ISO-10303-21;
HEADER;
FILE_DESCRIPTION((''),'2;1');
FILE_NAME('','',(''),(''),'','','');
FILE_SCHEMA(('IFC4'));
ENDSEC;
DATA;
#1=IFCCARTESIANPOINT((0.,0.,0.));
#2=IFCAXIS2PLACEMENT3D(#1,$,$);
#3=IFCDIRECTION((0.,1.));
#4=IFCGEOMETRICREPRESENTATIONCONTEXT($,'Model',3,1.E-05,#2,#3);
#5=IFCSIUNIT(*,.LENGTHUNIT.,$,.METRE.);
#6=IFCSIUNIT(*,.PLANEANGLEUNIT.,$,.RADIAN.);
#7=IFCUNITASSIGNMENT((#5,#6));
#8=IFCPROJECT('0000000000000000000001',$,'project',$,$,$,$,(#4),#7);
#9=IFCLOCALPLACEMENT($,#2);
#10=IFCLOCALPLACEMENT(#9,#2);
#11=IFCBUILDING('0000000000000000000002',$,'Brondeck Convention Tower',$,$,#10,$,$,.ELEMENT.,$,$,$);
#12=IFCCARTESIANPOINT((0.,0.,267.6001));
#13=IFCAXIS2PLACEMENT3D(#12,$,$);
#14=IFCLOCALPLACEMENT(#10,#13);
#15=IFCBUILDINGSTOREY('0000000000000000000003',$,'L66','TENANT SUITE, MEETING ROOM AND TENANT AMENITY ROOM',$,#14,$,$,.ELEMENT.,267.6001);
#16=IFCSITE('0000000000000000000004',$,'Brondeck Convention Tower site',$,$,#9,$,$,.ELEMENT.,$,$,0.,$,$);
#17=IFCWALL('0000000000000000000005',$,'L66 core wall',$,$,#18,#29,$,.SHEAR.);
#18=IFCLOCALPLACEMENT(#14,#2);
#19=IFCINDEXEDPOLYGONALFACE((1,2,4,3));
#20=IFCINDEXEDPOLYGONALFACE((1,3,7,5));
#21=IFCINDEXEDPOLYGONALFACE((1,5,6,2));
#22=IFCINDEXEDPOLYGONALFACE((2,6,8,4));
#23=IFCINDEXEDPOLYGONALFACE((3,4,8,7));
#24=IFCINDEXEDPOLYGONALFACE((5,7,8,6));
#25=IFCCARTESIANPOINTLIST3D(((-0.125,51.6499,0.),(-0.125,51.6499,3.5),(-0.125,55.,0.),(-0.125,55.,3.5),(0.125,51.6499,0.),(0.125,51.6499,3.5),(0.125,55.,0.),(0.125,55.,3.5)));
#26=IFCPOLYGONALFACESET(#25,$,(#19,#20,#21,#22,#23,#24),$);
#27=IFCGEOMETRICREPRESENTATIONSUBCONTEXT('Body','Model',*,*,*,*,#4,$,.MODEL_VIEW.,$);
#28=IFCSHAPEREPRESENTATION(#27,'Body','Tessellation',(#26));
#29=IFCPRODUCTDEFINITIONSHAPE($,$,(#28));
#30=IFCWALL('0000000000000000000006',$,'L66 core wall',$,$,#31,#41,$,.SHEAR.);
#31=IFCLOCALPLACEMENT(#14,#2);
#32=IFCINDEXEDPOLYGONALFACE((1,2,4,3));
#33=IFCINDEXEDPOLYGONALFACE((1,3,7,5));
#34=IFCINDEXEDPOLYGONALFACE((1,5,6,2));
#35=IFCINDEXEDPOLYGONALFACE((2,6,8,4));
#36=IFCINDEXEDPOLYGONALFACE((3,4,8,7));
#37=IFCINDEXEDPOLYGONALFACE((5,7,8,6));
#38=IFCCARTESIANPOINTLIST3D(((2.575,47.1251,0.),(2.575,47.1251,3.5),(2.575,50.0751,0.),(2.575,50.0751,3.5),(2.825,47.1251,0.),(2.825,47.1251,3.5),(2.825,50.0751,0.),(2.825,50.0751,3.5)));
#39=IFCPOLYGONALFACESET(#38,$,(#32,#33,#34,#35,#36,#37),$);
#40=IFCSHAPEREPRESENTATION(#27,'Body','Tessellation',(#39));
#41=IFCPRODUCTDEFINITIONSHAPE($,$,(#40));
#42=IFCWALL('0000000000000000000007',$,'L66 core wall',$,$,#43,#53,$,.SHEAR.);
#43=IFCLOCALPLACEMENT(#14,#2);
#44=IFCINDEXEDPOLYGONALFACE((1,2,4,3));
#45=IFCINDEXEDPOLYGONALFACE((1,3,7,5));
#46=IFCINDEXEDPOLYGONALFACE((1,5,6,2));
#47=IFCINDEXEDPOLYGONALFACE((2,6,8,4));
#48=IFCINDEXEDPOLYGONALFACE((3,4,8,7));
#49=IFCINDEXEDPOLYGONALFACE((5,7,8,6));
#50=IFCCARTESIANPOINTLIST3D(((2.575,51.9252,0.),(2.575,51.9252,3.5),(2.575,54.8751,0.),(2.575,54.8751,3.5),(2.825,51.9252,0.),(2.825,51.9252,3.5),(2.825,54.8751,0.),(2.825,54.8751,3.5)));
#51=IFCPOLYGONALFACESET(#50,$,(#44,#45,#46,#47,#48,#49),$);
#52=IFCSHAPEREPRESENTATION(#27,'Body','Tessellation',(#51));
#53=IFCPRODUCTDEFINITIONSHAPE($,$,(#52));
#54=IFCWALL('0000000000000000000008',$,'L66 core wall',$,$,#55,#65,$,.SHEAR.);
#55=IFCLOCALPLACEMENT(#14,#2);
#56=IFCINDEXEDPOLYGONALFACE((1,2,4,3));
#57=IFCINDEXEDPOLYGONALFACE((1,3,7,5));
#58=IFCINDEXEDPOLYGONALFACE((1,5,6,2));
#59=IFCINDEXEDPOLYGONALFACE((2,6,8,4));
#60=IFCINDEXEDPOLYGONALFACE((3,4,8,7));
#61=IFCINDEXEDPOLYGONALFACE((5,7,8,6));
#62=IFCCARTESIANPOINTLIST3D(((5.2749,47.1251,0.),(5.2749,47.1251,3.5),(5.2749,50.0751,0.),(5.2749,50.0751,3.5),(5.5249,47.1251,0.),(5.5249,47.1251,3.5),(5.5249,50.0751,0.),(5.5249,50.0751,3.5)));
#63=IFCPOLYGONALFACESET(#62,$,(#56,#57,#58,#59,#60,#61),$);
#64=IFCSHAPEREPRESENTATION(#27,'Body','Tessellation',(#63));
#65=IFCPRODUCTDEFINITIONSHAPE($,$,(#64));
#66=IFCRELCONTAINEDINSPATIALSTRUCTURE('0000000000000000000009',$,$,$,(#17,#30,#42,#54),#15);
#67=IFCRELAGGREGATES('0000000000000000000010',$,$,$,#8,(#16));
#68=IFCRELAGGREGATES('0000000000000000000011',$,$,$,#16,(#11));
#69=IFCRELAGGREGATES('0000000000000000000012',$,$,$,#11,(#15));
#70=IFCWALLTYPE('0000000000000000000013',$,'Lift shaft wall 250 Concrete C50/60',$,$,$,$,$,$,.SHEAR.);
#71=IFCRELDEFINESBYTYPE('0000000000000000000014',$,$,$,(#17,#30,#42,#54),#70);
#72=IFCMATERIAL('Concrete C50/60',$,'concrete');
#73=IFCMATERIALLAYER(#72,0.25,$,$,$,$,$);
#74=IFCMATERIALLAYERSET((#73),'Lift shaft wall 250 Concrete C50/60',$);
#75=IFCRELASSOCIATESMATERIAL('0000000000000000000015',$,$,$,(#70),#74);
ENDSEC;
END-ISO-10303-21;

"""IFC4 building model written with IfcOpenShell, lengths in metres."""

from ifc_helpers import new_model, si_unit, direction, frame, frame_2d, origin, place, context, subcontext, project, spatial, rectangle, extrude, material, layer, layer_set, type_object, element, save


model = new_model("IFC4")

# Units and contexts
model_context = context("Model", 3, precision=1e-05, world=origin(), true_north=direction((0.0, 1.0)))
body_context = subcontext(model_context, "Body", "Model", "MODEL_VIEW")
ifc_project = project(units=[si_unit("LENGTHUNIT", "METRE"), si_unit("PLANEANGLEUNIT", "RADIAN")], contexts=[model_context])

# Site, building, storey
site_placement = place(None, origin())
site = spatial("IfcSite", under=ifc_project, at=site_placement, Name="Brondeck Convention Tower site", CompositionType="ELEMENT", RefElevation=0.0)
building_placement = place(site_placement, origin())
building = spatial("IfcBuilding", under=site, at=building_placement, Name="Brondeck Convention Tower", CompositionType="ELEMENT")
storey_placement = place(building_placement, frame((0.0, 0.0, 267.6001)))
storey = spatial("IfcBuildingStorey", under=building, at=storey_placement, Name="L66", Description="TENANT SUITE, MEETING ROOM AND TENANT AMENITY ROOM", CompositionType="ELEMENT", Elevation=267.6001)

# Shared definitions
ifc_material_1 = material(Name="Concrete C50/60", Category="concrete")

# Shared definitions
ifc_layer_1 = layer(ifc_material_1, 0.25)
ifc_layer_set_1 = layer_set([ifc_layer_1], Name="Lift shaft wall 250 Concrete C50/60")
wall_type_1 = type_object("IfcWallType", Name="Lift shaft wall 250 Concrete C50/60", PredefinedType="SHEAR", material=ifc_layer_set_1)

# Walls
wall_1_placement = place(storey_placement, frame((0.0, 51.6499, 0.0), z_axis=(0.0, 0.0, 1.0), x_axis=(0.0, 1.0, 0.0)))
element("IfcWall", 1, at=wall_1_placement, inside=storey, type_object=wall_type_1, Name="L66 core wall", PredefinedType="SHEAR", context=body_context, shape_type="SweptSolid", body=[
    extrude(rectangle(XDim=3.3501, YDim=0.25, at=frame_2d((1.675, 0.0))), origin(), (0.0, 0.0, 1.0), 3.5),
])
for number, where, z_axis, x_axis, name in (
    (2, (2.7, 47.125, 0.0), (0.0, 0.0, 1.0), (0.0, 1.0, 0.0), "L66 core wall"),
    (3, (2.7, 51.925, 0.0), (0.0, 0.0, 1.0), (0.0, 1.0, 0.0), "L66 core wall"),
    (4, (5.3999, 47.125, 0.0), (0.0, 0.0, 1.0), (0.0, 1.0, 0.0), "L66 core wall"),
):
    element("IfcWall", number, at=place(storey_placement, frame(where, z_axis=z_axis, x_axis=x_axis)), inside=storey, type_object=wall_type_1, Name=name, PredefinedType="SHEAR", context=body_context, shape_type="SweptSolid", body=[
        extrude(rectangle(XDim=2.95, YDim=0.25, at=frame_2d((1.4751, 0.0))), origin(), (0.0, 0.0, 1.0), 3.5),
    ])

save(model, "model.ifc")
